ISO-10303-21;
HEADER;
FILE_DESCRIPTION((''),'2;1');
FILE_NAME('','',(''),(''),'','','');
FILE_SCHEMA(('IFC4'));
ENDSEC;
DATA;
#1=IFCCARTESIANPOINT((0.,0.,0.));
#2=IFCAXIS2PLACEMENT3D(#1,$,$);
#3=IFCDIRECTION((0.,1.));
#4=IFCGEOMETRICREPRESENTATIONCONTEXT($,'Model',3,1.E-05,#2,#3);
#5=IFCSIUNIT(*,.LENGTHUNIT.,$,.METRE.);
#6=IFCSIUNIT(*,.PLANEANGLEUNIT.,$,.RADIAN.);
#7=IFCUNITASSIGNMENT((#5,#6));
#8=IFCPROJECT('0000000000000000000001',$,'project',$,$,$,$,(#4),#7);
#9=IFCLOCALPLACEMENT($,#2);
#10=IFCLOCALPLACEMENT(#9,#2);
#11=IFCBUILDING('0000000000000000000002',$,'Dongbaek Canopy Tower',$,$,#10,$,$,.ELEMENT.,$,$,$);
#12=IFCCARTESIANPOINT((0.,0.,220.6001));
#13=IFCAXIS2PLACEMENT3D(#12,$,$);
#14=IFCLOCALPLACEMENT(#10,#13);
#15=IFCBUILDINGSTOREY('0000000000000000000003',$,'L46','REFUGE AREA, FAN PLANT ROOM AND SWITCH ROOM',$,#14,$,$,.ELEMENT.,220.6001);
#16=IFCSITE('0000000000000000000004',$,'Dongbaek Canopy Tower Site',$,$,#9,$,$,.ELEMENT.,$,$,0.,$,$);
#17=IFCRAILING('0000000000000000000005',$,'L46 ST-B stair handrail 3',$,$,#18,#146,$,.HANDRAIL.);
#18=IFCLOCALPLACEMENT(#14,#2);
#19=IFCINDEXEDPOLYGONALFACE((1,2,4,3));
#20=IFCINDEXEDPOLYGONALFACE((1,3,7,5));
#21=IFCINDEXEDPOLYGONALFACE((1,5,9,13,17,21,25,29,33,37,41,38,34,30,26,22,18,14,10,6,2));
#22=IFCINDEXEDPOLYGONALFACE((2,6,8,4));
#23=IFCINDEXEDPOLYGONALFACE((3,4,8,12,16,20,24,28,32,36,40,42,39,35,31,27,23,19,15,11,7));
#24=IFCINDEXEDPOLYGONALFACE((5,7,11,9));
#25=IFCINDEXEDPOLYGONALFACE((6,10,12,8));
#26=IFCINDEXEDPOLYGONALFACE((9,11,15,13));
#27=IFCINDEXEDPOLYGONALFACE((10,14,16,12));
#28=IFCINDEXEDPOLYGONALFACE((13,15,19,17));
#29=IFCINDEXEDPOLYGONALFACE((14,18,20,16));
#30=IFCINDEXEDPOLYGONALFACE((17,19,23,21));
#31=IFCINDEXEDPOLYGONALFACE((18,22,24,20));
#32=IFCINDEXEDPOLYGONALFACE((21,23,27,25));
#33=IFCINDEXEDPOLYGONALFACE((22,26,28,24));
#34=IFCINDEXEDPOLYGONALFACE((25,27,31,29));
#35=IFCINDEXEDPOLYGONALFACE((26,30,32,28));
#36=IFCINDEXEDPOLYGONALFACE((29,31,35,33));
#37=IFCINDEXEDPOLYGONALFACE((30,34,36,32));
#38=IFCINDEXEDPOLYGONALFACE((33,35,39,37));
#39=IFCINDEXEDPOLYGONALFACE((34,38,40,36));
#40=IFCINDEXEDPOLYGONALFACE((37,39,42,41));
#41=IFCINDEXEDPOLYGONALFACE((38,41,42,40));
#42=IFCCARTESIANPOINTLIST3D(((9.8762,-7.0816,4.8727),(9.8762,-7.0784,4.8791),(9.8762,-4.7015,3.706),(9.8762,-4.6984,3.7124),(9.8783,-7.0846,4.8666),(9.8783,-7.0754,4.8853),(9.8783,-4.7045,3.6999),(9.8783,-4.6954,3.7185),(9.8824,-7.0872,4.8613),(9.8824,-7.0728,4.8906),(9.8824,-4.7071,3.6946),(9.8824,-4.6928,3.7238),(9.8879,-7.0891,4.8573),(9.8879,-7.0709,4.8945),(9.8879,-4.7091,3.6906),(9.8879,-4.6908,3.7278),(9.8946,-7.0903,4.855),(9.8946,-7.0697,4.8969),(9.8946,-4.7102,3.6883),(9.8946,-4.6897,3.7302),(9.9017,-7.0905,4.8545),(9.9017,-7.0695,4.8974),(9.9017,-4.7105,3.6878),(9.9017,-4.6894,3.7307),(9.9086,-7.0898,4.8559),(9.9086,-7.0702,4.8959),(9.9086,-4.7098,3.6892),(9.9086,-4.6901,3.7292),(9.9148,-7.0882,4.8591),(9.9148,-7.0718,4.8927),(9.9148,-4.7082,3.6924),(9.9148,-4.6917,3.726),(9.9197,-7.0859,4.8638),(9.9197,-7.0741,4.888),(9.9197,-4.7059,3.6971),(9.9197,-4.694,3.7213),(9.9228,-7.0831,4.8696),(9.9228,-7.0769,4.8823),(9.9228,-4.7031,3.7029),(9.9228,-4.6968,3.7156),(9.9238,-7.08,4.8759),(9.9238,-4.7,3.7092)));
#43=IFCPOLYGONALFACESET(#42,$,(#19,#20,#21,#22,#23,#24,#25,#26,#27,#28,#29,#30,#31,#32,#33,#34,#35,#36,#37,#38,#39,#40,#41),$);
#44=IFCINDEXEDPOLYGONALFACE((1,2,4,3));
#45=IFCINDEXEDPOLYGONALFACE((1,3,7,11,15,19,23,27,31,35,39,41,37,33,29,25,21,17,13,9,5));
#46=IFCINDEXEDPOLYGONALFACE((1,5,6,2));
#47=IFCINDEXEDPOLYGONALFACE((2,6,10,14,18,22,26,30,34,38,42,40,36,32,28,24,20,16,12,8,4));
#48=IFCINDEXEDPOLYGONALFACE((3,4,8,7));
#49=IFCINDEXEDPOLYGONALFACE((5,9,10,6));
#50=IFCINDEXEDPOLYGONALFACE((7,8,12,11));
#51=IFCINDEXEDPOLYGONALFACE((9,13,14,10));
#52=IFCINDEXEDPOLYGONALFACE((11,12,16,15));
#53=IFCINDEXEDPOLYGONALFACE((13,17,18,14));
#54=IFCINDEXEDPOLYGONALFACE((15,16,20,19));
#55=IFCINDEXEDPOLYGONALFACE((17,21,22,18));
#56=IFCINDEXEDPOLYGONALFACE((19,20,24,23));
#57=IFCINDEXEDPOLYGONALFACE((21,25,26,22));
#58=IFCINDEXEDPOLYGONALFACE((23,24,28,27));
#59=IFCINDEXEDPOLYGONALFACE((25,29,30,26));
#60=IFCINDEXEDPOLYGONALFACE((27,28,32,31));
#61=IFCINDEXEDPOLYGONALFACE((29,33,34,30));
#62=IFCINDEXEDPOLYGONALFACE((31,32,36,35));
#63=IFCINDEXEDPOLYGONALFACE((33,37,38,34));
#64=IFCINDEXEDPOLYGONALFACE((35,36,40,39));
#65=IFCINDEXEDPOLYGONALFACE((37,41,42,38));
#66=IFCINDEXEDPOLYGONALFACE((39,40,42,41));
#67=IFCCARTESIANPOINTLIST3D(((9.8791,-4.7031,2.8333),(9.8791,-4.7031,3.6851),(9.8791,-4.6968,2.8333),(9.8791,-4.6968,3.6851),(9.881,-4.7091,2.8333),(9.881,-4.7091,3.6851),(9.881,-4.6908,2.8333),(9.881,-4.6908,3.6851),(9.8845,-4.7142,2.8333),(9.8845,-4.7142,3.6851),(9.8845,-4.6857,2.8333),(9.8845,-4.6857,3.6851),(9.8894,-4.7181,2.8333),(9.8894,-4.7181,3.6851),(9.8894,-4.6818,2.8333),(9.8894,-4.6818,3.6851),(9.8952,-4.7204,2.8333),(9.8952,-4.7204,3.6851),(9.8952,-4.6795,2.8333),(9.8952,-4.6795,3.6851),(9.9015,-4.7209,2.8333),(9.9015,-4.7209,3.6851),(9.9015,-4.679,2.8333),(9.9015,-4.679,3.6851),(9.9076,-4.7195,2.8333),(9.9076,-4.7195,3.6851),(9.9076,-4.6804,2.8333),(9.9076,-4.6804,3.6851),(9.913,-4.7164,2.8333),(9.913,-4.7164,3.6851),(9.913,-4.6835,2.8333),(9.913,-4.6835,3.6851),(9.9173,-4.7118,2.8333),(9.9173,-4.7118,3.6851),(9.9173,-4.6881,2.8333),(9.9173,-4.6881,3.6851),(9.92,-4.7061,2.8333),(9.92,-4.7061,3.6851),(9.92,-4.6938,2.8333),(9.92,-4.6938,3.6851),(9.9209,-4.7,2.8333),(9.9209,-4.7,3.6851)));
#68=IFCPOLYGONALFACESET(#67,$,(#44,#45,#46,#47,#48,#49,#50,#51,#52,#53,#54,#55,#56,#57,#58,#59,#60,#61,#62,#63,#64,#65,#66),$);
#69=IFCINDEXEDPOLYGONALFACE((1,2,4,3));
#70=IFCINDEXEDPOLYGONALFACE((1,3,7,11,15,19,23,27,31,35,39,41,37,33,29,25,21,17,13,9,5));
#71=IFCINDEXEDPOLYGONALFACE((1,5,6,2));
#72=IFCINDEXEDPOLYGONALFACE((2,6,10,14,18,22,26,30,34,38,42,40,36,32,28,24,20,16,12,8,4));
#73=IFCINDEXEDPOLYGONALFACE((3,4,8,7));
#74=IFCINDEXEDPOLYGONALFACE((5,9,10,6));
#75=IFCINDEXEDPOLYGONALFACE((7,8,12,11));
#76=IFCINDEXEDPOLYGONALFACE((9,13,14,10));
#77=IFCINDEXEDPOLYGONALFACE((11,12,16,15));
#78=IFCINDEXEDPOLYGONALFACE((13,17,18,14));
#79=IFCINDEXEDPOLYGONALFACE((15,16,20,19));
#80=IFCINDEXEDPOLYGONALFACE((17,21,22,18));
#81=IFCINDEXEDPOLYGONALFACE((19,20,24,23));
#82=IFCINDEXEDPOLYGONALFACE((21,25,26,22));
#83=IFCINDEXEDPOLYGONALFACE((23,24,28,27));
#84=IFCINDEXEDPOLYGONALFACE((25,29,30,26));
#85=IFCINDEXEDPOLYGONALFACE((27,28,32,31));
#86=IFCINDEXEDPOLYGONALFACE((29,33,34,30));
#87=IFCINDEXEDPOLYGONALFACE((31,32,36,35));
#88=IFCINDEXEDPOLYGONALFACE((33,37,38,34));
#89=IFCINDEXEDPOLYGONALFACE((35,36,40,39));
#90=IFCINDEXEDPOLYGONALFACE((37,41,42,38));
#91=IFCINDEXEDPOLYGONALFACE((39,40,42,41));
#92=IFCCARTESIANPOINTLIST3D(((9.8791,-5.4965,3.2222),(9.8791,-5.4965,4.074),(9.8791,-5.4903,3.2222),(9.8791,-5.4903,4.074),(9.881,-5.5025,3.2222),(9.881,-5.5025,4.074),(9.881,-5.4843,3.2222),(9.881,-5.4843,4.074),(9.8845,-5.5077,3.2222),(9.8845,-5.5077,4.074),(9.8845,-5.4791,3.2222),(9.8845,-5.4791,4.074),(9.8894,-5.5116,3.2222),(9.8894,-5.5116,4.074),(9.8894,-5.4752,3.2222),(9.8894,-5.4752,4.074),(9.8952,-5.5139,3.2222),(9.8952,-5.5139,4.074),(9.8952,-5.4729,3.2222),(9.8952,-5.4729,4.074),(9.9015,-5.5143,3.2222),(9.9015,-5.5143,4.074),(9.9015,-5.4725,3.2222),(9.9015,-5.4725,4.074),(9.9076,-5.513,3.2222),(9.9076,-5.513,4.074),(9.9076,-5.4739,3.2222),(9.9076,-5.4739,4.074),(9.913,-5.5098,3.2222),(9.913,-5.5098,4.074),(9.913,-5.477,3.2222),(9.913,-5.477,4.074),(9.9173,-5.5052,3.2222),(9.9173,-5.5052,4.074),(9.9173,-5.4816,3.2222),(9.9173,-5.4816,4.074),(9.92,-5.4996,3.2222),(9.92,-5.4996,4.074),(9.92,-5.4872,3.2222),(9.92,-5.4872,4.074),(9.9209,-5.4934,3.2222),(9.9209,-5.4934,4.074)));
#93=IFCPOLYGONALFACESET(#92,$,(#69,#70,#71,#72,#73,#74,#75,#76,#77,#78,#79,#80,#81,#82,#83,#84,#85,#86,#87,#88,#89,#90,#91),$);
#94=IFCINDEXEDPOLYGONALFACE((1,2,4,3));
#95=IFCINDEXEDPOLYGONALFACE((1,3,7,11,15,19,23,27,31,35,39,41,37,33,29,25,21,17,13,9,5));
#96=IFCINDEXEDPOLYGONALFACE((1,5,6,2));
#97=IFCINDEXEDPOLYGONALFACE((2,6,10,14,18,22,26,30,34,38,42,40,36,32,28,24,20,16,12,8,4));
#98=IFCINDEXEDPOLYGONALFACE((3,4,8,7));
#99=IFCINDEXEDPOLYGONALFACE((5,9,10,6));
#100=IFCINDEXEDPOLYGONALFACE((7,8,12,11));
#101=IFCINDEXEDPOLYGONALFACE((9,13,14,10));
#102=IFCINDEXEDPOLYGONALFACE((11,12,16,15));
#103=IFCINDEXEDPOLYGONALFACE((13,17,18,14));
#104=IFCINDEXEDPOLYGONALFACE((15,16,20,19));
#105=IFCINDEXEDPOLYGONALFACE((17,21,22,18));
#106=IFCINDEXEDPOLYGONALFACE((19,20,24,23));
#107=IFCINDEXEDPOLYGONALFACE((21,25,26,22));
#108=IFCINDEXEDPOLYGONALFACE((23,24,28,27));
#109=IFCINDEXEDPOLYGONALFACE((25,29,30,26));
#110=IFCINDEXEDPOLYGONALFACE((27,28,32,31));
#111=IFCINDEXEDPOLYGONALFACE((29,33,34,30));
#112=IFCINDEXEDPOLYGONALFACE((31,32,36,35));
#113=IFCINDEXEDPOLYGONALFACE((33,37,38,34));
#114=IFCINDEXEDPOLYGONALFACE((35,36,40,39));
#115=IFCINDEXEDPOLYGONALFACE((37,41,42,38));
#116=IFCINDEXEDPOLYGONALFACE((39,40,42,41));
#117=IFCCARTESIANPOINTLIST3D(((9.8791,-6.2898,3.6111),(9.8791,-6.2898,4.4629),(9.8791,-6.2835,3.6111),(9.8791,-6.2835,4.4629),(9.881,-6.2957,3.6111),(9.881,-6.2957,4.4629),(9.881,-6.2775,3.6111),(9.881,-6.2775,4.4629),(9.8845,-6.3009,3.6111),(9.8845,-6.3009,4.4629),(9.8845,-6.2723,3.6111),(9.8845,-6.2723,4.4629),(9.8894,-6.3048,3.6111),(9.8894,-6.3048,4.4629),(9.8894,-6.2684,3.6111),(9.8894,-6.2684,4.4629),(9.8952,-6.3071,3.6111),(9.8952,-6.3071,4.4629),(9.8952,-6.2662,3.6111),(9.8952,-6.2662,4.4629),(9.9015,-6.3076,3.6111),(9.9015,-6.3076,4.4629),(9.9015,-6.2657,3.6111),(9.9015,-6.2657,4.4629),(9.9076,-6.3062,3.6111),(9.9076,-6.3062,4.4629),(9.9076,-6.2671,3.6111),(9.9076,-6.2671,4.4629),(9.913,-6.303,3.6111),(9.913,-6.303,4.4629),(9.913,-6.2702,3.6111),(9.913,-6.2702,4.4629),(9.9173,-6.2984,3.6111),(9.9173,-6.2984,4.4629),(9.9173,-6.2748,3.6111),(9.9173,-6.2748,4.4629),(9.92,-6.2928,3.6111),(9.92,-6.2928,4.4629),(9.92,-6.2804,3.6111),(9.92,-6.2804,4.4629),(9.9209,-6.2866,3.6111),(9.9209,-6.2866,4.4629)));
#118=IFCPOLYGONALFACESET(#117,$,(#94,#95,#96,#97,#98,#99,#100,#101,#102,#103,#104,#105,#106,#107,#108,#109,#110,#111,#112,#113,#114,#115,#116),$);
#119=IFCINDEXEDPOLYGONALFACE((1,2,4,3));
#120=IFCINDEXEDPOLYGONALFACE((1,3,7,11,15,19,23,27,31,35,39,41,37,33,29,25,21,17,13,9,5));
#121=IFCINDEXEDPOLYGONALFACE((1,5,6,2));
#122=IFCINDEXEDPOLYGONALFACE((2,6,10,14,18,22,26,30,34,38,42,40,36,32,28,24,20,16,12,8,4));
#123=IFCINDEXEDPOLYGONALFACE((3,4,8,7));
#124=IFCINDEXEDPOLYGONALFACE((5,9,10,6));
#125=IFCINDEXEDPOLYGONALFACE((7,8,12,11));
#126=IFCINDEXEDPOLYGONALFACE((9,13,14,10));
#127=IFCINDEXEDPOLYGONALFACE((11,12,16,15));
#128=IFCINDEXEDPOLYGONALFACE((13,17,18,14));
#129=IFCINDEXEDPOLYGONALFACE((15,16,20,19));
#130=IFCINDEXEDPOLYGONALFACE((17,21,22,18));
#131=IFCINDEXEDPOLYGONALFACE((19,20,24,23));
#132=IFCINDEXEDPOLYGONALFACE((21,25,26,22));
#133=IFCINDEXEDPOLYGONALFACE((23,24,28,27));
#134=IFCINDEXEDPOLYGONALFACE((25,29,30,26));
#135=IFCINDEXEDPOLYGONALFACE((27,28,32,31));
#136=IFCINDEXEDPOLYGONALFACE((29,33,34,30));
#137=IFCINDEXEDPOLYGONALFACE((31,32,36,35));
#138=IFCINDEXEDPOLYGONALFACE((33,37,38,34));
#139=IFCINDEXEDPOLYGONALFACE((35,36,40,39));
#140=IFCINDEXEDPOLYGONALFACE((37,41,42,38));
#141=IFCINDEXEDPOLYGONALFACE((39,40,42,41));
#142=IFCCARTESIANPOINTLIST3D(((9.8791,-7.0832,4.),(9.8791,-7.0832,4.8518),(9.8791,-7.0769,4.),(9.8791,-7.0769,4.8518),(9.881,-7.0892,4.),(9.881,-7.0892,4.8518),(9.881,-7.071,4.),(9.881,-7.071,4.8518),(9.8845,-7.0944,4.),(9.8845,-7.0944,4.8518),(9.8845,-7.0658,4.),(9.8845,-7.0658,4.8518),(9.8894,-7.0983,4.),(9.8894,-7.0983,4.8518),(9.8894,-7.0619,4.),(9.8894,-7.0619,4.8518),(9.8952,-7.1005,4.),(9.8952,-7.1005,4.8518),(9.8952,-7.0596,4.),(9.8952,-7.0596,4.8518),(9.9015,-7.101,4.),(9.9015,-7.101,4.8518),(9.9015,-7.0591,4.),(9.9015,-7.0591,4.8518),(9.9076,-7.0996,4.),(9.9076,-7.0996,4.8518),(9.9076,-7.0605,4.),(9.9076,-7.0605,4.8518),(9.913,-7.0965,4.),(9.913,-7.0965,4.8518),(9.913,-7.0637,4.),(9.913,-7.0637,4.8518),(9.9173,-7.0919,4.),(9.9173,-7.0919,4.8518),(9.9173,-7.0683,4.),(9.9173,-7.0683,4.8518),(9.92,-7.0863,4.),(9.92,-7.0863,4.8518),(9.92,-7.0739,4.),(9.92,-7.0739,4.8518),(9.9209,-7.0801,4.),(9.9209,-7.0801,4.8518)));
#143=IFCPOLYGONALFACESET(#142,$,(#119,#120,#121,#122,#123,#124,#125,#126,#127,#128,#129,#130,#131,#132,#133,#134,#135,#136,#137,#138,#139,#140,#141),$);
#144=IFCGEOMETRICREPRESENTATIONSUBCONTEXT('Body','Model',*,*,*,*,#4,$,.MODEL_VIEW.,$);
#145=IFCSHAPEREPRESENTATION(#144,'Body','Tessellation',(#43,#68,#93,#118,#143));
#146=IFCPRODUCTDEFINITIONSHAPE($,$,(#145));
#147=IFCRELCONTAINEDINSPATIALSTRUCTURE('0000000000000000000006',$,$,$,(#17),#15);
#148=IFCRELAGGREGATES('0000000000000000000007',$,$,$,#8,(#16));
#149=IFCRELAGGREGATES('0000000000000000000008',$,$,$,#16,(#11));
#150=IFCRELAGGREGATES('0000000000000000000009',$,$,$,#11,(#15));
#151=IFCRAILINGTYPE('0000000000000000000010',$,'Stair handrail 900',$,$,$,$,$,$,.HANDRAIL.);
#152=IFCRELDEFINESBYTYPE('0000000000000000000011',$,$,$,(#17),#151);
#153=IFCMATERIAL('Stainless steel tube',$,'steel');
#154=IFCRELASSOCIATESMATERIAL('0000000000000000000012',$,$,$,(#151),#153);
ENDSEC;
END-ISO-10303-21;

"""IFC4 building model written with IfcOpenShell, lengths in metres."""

from ifc_helpers import new_model, si_unit, direction, frame, origin, origin_2d, place, context, subcontext, project, spatial, circle, extrude, material, type_object, element, save


model = new_model("IFC4")

# Units and contexts
model_context = context("Model", 3, precision=1e-05, world=origin(), true_north=direction((0.0, 1.0)))
body_context = subcontext(model_context, "Body", "Model", "MODEL_VIEW")
ifc_project = project(units=[si_unit("LENGTHUNIT", "METRE"), si_unit("PLANEANGLEUNIT", "RADIAN")], contexts=[model_context])

# Site, building, storey
site_placement = place(None, origin())
site = spatial("IfcSite", under=ifc_project, at=site_placement, Name="Dongbaek Canopy Tower Site", CompositionType="ELEMENT", RefElevation=0.0)
building_placement = place(site_placement, origin())
building = spatial("IfcBuilding", under=site, at=building_placement, Name="Dongbaek Canopy Tower", CompositionType="ELEMENT")
storey_placement = place(building_placement, frame((0.0, 0.0, 220.6001)))
storey = spatial("IfcBuildingStorey", under=building, at=storey_placement, Name="L46", Description="REFUGE AREA, FAN PLANT ROOM AND SWITCH ROOM", CompositionType="ELEMENT", Elevation=220.6001)

# Railing
ifc_material_1 = material(Name="Stainless steel tube", Category="steel")
railing_type_1 = type_object("IfcRailingType", Name="Stair handrail 900", PredefinedType="HANDRAIL", material=ifc_material_1)
for number, where, name in (
    (1, (9.8999, -4.7, 2.8333), "L46 ST-B stair handrail 3"),
):
    element("IfcRailing", number, at=place(storey_placement, frame(where)), inside=storey, type_object=railing_type_1, Name=name, PredefinedType="HANDRAIL", context=body_context, shape_type="SweptSolid", body=[
        extrude(circle(Radius=0.0239, at=origin_2d()), frame((0.0, 0.0, 0.876), z_axis=(0.0, -0.897918, 0.440163), x_axis=(1.0, 0.0, 0.0)), (0.0, 0.0, 1.0), 2.6506),
        extrude(circle(Radius=0.021, at=origin_2d()), origin(), (0.0, 0.0, 1.0), 0.8518),
        extrude(circle(Radius=0.021, at=origin_2d()), frame((0.0, -0.7935, 0.3889)), (0.0, 0.0, 1.0), 0.8518),
        extrude(circle(Radius=0.021, at=origin_2d()), frame((0.0, -1.5867, 0.7778)), (0.0, 0.0, 1.0), 0.8518),
        extrude(circle(Radius=0.021, at=origin_2d()), frame((0.0, -2.3801, 1.1667)), (0.0, 0.0, 1.0), 0.8518),
    ])

save(model, "model.ifc")
